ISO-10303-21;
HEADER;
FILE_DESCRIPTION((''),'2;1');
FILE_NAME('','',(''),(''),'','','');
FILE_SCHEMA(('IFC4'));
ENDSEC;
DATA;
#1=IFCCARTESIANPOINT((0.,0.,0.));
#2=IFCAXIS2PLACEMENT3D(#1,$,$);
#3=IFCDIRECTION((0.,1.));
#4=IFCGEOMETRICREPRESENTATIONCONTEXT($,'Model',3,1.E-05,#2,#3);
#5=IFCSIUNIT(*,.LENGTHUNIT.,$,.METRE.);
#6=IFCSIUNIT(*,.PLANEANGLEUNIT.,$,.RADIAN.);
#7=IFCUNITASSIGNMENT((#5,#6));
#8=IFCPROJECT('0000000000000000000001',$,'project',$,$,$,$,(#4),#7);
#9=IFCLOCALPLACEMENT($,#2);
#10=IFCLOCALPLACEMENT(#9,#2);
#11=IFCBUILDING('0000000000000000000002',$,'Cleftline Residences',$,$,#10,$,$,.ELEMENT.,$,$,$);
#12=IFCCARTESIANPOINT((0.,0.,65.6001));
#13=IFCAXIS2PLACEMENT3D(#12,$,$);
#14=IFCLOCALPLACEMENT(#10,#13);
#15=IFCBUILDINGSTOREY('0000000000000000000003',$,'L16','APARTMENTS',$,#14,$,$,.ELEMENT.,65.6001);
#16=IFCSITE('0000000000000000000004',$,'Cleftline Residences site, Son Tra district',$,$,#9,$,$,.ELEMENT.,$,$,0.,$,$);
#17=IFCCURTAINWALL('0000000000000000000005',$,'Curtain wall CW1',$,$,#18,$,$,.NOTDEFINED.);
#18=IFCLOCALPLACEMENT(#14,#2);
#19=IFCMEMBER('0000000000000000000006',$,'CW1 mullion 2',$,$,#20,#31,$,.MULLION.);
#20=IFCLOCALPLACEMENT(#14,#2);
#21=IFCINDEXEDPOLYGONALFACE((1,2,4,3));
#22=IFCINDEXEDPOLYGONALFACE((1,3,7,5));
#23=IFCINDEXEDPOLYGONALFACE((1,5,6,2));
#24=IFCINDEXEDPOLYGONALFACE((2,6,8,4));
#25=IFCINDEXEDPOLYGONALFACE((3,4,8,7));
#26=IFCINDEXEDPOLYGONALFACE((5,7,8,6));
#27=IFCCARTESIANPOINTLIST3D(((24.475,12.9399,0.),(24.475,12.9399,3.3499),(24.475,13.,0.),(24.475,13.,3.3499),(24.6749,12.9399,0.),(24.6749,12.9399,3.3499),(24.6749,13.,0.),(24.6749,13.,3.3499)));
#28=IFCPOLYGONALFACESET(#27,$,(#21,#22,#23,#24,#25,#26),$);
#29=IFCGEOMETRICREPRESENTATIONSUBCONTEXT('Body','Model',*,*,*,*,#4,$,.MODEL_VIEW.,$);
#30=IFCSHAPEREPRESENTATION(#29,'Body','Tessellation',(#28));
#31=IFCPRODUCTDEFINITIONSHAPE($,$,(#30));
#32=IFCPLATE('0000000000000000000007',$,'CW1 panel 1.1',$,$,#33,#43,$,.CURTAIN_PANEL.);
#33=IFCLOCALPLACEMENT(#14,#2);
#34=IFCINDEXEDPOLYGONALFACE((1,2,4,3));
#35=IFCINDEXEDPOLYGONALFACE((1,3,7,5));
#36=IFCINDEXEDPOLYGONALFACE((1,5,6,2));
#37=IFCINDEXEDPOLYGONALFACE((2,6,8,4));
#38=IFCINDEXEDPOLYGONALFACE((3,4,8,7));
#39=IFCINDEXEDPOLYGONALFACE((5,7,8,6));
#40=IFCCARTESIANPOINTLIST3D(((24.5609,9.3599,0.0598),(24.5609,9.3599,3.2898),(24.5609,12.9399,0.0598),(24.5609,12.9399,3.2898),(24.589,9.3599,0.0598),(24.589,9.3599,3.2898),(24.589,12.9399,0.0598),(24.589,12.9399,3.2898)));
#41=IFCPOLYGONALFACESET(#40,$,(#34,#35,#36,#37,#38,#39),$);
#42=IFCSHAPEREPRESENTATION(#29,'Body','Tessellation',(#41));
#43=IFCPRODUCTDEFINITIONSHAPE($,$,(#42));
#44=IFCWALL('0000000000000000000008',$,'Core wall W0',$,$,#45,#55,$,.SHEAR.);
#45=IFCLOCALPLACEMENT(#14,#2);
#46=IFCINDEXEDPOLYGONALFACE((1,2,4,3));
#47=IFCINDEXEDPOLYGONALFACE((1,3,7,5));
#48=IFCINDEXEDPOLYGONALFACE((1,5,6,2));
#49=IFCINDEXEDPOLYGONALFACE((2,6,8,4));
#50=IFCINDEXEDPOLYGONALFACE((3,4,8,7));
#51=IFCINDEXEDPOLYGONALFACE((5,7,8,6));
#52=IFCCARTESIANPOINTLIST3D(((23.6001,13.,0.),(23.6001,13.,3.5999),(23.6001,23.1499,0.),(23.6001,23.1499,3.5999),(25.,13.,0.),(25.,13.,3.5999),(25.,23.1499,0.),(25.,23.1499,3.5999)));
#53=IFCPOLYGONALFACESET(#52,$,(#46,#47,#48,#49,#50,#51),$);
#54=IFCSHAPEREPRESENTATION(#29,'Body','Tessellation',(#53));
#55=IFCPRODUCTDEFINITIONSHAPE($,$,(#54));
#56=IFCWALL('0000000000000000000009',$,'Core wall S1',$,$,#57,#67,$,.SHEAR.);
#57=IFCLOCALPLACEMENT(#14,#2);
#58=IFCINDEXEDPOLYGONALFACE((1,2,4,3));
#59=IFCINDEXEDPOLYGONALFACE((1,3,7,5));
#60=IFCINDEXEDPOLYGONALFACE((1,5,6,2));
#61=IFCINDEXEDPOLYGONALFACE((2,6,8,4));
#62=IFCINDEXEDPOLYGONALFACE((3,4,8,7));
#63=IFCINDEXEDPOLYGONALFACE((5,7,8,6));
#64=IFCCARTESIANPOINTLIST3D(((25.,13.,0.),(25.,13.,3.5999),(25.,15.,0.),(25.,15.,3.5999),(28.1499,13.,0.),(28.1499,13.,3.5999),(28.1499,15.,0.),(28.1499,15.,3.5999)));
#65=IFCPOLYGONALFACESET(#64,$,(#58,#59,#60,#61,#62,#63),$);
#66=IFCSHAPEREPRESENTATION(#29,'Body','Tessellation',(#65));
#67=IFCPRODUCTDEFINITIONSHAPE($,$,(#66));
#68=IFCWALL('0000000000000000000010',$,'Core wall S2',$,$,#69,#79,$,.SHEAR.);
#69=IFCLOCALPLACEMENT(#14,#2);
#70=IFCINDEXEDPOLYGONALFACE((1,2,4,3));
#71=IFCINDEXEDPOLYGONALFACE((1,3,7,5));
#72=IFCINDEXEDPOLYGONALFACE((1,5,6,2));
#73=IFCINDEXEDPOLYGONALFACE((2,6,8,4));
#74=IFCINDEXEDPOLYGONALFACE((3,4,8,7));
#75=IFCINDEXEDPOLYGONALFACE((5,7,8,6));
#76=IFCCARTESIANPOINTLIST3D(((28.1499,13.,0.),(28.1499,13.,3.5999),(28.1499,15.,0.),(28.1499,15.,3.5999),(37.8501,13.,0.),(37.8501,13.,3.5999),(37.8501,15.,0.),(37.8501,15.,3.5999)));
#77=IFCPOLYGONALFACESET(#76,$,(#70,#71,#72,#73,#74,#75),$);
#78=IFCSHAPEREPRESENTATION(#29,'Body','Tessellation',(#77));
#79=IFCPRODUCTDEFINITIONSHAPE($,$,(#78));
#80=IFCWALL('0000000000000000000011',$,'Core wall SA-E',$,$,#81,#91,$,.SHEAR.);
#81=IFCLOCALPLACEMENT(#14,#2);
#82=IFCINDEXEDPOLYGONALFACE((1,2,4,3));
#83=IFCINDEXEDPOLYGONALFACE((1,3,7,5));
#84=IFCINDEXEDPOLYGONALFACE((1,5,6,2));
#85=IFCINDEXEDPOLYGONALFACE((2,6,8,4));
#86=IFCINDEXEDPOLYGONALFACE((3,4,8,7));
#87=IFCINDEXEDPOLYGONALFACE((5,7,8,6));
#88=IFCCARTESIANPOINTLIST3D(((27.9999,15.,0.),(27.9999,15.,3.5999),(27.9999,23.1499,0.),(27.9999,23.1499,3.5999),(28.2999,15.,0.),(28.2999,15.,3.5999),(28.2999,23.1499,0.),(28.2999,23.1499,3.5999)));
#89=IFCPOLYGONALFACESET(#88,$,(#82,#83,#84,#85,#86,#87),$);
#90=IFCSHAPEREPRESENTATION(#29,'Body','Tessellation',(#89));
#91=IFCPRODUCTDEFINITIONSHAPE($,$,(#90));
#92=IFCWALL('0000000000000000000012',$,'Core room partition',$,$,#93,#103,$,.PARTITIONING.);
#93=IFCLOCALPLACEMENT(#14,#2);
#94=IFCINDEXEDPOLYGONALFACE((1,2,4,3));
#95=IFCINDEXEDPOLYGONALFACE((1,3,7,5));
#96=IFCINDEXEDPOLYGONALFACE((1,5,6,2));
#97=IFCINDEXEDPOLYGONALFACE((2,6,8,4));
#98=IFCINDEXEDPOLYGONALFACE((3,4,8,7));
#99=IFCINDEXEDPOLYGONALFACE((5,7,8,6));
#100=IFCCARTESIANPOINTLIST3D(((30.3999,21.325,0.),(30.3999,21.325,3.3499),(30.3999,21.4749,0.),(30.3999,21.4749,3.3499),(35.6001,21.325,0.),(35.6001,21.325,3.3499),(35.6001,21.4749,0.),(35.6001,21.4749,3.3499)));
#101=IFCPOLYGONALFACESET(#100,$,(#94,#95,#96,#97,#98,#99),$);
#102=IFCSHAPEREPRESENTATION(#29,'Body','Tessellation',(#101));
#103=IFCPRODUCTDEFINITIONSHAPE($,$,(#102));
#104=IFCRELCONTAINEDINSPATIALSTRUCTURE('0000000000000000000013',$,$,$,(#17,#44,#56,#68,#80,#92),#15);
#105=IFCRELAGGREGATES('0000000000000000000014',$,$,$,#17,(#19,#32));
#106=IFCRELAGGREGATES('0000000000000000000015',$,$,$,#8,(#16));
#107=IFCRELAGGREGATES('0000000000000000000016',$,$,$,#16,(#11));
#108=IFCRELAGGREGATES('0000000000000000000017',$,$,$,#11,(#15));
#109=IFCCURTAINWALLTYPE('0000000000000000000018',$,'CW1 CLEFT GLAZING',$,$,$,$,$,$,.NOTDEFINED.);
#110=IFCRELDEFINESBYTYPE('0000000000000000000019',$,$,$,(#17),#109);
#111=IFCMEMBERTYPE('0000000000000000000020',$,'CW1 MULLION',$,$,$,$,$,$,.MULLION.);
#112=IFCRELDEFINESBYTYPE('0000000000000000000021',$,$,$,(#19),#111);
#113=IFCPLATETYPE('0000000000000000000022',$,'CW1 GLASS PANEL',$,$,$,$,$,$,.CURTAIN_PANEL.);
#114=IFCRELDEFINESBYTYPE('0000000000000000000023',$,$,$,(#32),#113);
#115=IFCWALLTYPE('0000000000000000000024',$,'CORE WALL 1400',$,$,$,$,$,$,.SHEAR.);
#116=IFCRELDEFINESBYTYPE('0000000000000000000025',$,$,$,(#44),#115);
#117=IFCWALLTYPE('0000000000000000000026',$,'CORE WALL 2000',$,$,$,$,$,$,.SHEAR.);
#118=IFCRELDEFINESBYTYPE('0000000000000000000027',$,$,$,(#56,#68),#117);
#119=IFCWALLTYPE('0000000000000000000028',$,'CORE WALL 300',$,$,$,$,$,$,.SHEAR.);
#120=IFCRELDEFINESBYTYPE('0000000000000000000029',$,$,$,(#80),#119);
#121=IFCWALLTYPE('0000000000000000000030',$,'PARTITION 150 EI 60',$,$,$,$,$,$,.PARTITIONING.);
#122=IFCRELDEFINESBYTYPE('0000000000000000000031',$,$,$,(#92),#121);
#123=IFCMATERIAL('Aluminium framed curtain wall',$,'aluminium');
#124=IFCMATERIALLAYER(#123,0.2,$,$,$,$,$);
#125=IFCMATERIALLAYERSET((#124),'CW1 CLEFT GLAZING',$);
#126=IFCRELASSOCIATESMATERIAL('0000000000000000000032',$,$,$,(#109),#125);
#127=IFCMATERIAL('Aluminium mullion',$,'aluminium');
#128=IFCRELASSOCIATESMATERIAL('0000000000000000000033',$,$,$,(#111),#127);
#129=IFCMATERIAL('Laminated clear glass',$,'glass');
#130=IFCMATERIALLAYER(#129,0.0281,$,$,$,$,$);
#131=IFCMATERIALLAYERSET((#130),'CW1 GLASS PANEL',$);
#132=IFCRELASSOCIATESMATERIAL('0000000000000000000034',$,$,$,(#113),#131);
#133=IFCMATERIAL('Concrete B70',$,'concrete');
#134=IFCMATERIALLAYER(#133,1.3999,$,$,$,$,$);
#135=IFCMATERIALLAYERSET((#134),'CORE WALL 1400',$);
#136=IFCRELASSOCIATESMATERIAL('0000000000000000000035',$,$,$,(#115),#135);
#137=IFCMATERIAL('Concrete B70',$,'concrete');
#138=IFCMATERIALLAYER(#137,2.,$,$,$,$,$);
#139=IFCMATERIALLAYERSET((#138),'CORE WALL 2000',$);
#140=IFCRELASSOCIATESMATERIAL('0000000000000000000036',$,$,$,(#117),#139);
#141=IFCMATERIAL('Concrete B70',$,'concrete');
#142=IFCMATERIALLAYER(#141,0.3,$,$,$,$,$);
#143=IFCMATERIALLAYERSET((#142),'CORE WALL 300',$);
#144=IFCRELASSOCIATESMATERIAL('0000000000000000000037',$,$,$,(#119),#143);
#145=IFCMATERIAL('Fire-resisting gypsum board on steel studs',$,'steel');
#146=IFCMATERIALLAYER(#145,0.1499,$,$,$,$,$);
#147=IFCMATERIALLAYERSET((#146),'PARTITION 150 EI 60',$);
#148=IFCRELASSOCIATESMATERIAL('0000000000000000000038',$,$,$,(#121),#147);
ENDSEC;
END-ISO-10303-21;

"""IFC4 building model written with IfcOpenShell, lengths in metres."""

from ifc_helpers import new_model, si_unit, direction, frame, frame_2d, origin, origin_2d, place, context, subcontext, project, spatial, rectangle, extrude, material, layer, layer_set, material_profile, profile_set, type_object, element, aggregate, save


model = new_model("IFC4")

# Units and contexts
model_context = context("Model", 3, precision=1e-05, world=origin(), true_north=direction((0.0, 1.0)))
body_context = subcontext(model_context, "Body", "Model", "MODEL_VIEW")
ifc_project = project(units=[si_unit("LENGTHUNIT", "METRE"), si_unit("PLANEANGLEUNIT", "RADIAN")], contexts=[model_context])

# Site, building, storey
site_placement = place(None, origin())
site = spatial("IfcSite", under=ifc_project, at=site_placement, Name="Cleftline Residences site, Son Tra district", CompositionType="ELEMENT", RefElevation=0.0)
building_placement = place(site_placement, origin())
building = spatial("IfcBuilding", under=site, at=building_placement, Name="Cleftline Residences", CompositionType="ELEMENT")
storey_placement = place(building_placement, frame((0.0, 0.0, 65.6001)))
storey = spatial("IfcBuildingStorey", under=building, at=storey_placement, Name="L16", Description="APARTMENTS", CompositionType="ELEMENT", Elevation=65.6001)

# Curtain wall, member, plate
ifc_material_1 = material(Name="Aluminium framed curtain wall", Category="aluminium")
ifc_layer_1 = layer(ifc_material_1, 0.2)
ifc_layer_set_1 = layer_set([ifc_layer_1], Name="CW1 CLEFT GLAZING")
curtain_wall_type = type_object("IfcCurtainWallType", Name="CW1 CLEFT GLAZING", PredefinedType="NOTDEFINED", material=ifc_layer_set_1)
curtain_wall_placement = place(storey_placement, origin())
curtain_wall = element("IfcCurtainWall", 1, at=curtain_wall_placement, inside=storey, type_object=curtain_wall_type, Name="Curtain wall CW1", PredefinedType="NOTDEFINED")
ifc_material_2 = material(Name="Aluminium mullion", Category="aluminium")
ifc_material_profile = material_profile(ifc_material_2, rectangle(XDim=0.2, YDim=0.0601, at=origin_2d()))
ifc_profile_set = profile_set([ifc_material_profile], Name="Aluminium mullion")
member_type = type_object("IfcMemberType", Name="CW1 MULLION", PredefinedType="MULLION", material=ifc_profile_set)
member_placement = place(storey_placement, frame((24.575, 12.97, 0.0), z_axis=(0.0, 0.0, 1.0), x_axis=(-1.0, 0.0, 0.0)))
member = element("IfcMember", 2, at=member_placement, type_object=member_type, Name="CW1 mullion 2", PredefinedType="MULLION", context=body_context, shape_type="SweptSolid", body=[
    extrude(rectangle(XDim=0.2, YDim=0.0601, at=origin_2d()), origin(), (0.0, 0.0, 1.0), 3.3499),
])
ifc_material_3 = material(Name="Laminated clear glass", Category="glass")
ifc_layer_2 = layer(ifc_material_3, 0.0281)
ifc_layer_set_2 = layer_set([ifc_layer_2], Name="CW1 GLASS PANEL")
plate_type = type_object("IfcPlateType", Name="CW1 GLASS PANEL", PredefinedType="CURTAIN_PANEL", material=ifc_layer_set_2)
plate_placement = place(storey_placement, frame((24.575, 11.1499, 0.0598), z_axis=(0.0, 0.0, 1.0), x_axis=(0.0, 1.0, 0.0)))
plate = element("IfcPlate", 3, at=plate_placement, type_object=plate_type, Name="CW1 panel 1.1", PredefinedType="CURTAIN_PANEL", context=body_context, shape_type="SweptSolid", body=[
    extrude(rectangle(XDim=3.5801, YDim=0.0281, at=origin_2d()), origin(), (0.0, 0.0, 1.0), 3.23),
])
aggregate(curtain_wall, [member, plate])

# Wall
ifc_material_4 = material(Name="Concrete B70", Category="concrete")
ifc_layer_3 = layer(ifc_material_4, 1.3999)
ifc_layer_set_3 = layer_set([ifc_layer_3], Name="CORE WALL 1400")
wall_type_1 = type_object("IfcWallType", Name="CORE WALL 1400", PredefinedType="SHEAR", material=ifc_layer_set_3)
wall_1_placement = place(storey_placement, frame((24.3, 13.0, 0.0), z_axis=(0.0, 0.0, 1.0), x_axis=(0.0, 1.0, 0.0)))
element("IfcWall", 4, at=wall_1_placement, inside=storey, type_object=wall_type_1, Name="Core wall W0", PredefinedType="SHEAR", context=body_context, shape_type="SweptSolid", body=[
    extrude(rectangle(XDim=10.1499, YDim=1.3999, at=frame_2d((5.075, 0.0))), origin(), (0.0, 0.0, 1.0), 3.5999),
])

# Walls
ifc_material_5 = material(Name="Concrete B70", Category="concrete")
ifc_layer_4 = layer(ifc_material_5, 2.0)
ifc_layer_set_4 = layer_set([ifc_layer_4], Name="CORE WALL 2000")
wall_type_2 = type_object("IfcWallType", Name="CORE WALL 2000", PredefinedType="SHEAR", material=ifc_layer_set_4)
wall_2_placement = place(storey_placement, frame((25.0, 14.0, 0.0), z_axis=(0.0, 0.0, 1.0), x_axis=(1.0, 0.0, 0.0)))
element("IfcWall", 5, at=wall_2_placement, inside=storey, type_object=wall_type_2, Name="Core wall S1", PredefinedType="SHEAR", context=body_context, shape_type="SweptSolid", body=[
    extrude(rectangle(XDim=3.1499, YDim=2.0, at=frame_2d((1.575, 0.0))), origin(), (0.0, 0.0, 1.0), 3.5999),
])
wall_3_placement = place(storey_placement, frame((28.1499, 14.0, 0.0), z_axis=(0.0, 0.0, 1.0), x_axis=(1.0, 0.0, 0.0)))
element("IfcWall", 6, at=wall_3_placement, inside=storey, type_object=wall_type_2, Name="Core wall S2", PredefinedType="SHEAR", context=body_context, shape_type="SweptSolid", body=[
    extrude(rectangle(XDim=9.7002, YDim=2.0, at=frame_2d((4.8501, 0.0))), origin(), (0.0, 0.0, 1.0), 3.5999),
])
ifc_material_6 = material(Name="Concrete B70", Category="concrete")
ifc_layer_5 = layer(ifc_material_6, 0.3)
ifc_layer_set_5 = layer_set([ifc_layer_5], Name="CORE WALL 300")
wall_type_3 = type_object("IfcWallType", Name="CORE WALL 300", PredefinedType="SHEAR", material=ifc_layer_set_5)
wall_4_placement = place(storey_placement, frame((28.1499, 15.0, 0.0), z_axis=(0.0, 0.0, 1.0), x_axis=(0.0, 1.0, 0.0)))
element("IfcWall", 7, at=wall_4_placement, inside=storey, type_object=wall_type_3, Name="Core wall SA-E", PredefinedType="SHEAR", context=body_context, shape_type="SweptSolid", body=[
    extrude(rectangle(XDim=8.1499, YDim=0.3, at=frame_2d((4.075, 0.0))), origin(), (0.0, 0.0, 1.0), 3.5999),
])
ifc_material_7 = material(Name="Fire-resisting gypsum board on steel studs", Category="steel")
ifc_layer_6 = layer(ifc_material_7, 0.1499)
ifc_layer_set_6 = layer_set([ifc_layer_6], Name="PARTITION 150 EI 60")
wall_type_4 = type_object("IfcWallType", Name="PARTITION 150 EI 60", PredefinedType="PARTITIONING", material=ifc_layer_set_6)
wall_5_placement = place(storey_placement, frame((30.3999, 21.3999, 0.0), z_axis=(0.0, 0.0, 1.0), x_axis=(1.0, 0.0, 0.0)))
element("IfcWall", 8, at=wall_5_placement, inside=storey, type_object=wall_type_4, Name="Core room partition", PredefinedType="PARTITIONING", context=body_context, shape_type="SweptSolid", body=[
    extrude(rectangle(XDim=5.2002, YDim=0.1499, at=frame_2d((2.6001, 0.0))), origin(), (0.0, 0.0, 1.0), 3.3499),
])

save(model, "model.ifc")
